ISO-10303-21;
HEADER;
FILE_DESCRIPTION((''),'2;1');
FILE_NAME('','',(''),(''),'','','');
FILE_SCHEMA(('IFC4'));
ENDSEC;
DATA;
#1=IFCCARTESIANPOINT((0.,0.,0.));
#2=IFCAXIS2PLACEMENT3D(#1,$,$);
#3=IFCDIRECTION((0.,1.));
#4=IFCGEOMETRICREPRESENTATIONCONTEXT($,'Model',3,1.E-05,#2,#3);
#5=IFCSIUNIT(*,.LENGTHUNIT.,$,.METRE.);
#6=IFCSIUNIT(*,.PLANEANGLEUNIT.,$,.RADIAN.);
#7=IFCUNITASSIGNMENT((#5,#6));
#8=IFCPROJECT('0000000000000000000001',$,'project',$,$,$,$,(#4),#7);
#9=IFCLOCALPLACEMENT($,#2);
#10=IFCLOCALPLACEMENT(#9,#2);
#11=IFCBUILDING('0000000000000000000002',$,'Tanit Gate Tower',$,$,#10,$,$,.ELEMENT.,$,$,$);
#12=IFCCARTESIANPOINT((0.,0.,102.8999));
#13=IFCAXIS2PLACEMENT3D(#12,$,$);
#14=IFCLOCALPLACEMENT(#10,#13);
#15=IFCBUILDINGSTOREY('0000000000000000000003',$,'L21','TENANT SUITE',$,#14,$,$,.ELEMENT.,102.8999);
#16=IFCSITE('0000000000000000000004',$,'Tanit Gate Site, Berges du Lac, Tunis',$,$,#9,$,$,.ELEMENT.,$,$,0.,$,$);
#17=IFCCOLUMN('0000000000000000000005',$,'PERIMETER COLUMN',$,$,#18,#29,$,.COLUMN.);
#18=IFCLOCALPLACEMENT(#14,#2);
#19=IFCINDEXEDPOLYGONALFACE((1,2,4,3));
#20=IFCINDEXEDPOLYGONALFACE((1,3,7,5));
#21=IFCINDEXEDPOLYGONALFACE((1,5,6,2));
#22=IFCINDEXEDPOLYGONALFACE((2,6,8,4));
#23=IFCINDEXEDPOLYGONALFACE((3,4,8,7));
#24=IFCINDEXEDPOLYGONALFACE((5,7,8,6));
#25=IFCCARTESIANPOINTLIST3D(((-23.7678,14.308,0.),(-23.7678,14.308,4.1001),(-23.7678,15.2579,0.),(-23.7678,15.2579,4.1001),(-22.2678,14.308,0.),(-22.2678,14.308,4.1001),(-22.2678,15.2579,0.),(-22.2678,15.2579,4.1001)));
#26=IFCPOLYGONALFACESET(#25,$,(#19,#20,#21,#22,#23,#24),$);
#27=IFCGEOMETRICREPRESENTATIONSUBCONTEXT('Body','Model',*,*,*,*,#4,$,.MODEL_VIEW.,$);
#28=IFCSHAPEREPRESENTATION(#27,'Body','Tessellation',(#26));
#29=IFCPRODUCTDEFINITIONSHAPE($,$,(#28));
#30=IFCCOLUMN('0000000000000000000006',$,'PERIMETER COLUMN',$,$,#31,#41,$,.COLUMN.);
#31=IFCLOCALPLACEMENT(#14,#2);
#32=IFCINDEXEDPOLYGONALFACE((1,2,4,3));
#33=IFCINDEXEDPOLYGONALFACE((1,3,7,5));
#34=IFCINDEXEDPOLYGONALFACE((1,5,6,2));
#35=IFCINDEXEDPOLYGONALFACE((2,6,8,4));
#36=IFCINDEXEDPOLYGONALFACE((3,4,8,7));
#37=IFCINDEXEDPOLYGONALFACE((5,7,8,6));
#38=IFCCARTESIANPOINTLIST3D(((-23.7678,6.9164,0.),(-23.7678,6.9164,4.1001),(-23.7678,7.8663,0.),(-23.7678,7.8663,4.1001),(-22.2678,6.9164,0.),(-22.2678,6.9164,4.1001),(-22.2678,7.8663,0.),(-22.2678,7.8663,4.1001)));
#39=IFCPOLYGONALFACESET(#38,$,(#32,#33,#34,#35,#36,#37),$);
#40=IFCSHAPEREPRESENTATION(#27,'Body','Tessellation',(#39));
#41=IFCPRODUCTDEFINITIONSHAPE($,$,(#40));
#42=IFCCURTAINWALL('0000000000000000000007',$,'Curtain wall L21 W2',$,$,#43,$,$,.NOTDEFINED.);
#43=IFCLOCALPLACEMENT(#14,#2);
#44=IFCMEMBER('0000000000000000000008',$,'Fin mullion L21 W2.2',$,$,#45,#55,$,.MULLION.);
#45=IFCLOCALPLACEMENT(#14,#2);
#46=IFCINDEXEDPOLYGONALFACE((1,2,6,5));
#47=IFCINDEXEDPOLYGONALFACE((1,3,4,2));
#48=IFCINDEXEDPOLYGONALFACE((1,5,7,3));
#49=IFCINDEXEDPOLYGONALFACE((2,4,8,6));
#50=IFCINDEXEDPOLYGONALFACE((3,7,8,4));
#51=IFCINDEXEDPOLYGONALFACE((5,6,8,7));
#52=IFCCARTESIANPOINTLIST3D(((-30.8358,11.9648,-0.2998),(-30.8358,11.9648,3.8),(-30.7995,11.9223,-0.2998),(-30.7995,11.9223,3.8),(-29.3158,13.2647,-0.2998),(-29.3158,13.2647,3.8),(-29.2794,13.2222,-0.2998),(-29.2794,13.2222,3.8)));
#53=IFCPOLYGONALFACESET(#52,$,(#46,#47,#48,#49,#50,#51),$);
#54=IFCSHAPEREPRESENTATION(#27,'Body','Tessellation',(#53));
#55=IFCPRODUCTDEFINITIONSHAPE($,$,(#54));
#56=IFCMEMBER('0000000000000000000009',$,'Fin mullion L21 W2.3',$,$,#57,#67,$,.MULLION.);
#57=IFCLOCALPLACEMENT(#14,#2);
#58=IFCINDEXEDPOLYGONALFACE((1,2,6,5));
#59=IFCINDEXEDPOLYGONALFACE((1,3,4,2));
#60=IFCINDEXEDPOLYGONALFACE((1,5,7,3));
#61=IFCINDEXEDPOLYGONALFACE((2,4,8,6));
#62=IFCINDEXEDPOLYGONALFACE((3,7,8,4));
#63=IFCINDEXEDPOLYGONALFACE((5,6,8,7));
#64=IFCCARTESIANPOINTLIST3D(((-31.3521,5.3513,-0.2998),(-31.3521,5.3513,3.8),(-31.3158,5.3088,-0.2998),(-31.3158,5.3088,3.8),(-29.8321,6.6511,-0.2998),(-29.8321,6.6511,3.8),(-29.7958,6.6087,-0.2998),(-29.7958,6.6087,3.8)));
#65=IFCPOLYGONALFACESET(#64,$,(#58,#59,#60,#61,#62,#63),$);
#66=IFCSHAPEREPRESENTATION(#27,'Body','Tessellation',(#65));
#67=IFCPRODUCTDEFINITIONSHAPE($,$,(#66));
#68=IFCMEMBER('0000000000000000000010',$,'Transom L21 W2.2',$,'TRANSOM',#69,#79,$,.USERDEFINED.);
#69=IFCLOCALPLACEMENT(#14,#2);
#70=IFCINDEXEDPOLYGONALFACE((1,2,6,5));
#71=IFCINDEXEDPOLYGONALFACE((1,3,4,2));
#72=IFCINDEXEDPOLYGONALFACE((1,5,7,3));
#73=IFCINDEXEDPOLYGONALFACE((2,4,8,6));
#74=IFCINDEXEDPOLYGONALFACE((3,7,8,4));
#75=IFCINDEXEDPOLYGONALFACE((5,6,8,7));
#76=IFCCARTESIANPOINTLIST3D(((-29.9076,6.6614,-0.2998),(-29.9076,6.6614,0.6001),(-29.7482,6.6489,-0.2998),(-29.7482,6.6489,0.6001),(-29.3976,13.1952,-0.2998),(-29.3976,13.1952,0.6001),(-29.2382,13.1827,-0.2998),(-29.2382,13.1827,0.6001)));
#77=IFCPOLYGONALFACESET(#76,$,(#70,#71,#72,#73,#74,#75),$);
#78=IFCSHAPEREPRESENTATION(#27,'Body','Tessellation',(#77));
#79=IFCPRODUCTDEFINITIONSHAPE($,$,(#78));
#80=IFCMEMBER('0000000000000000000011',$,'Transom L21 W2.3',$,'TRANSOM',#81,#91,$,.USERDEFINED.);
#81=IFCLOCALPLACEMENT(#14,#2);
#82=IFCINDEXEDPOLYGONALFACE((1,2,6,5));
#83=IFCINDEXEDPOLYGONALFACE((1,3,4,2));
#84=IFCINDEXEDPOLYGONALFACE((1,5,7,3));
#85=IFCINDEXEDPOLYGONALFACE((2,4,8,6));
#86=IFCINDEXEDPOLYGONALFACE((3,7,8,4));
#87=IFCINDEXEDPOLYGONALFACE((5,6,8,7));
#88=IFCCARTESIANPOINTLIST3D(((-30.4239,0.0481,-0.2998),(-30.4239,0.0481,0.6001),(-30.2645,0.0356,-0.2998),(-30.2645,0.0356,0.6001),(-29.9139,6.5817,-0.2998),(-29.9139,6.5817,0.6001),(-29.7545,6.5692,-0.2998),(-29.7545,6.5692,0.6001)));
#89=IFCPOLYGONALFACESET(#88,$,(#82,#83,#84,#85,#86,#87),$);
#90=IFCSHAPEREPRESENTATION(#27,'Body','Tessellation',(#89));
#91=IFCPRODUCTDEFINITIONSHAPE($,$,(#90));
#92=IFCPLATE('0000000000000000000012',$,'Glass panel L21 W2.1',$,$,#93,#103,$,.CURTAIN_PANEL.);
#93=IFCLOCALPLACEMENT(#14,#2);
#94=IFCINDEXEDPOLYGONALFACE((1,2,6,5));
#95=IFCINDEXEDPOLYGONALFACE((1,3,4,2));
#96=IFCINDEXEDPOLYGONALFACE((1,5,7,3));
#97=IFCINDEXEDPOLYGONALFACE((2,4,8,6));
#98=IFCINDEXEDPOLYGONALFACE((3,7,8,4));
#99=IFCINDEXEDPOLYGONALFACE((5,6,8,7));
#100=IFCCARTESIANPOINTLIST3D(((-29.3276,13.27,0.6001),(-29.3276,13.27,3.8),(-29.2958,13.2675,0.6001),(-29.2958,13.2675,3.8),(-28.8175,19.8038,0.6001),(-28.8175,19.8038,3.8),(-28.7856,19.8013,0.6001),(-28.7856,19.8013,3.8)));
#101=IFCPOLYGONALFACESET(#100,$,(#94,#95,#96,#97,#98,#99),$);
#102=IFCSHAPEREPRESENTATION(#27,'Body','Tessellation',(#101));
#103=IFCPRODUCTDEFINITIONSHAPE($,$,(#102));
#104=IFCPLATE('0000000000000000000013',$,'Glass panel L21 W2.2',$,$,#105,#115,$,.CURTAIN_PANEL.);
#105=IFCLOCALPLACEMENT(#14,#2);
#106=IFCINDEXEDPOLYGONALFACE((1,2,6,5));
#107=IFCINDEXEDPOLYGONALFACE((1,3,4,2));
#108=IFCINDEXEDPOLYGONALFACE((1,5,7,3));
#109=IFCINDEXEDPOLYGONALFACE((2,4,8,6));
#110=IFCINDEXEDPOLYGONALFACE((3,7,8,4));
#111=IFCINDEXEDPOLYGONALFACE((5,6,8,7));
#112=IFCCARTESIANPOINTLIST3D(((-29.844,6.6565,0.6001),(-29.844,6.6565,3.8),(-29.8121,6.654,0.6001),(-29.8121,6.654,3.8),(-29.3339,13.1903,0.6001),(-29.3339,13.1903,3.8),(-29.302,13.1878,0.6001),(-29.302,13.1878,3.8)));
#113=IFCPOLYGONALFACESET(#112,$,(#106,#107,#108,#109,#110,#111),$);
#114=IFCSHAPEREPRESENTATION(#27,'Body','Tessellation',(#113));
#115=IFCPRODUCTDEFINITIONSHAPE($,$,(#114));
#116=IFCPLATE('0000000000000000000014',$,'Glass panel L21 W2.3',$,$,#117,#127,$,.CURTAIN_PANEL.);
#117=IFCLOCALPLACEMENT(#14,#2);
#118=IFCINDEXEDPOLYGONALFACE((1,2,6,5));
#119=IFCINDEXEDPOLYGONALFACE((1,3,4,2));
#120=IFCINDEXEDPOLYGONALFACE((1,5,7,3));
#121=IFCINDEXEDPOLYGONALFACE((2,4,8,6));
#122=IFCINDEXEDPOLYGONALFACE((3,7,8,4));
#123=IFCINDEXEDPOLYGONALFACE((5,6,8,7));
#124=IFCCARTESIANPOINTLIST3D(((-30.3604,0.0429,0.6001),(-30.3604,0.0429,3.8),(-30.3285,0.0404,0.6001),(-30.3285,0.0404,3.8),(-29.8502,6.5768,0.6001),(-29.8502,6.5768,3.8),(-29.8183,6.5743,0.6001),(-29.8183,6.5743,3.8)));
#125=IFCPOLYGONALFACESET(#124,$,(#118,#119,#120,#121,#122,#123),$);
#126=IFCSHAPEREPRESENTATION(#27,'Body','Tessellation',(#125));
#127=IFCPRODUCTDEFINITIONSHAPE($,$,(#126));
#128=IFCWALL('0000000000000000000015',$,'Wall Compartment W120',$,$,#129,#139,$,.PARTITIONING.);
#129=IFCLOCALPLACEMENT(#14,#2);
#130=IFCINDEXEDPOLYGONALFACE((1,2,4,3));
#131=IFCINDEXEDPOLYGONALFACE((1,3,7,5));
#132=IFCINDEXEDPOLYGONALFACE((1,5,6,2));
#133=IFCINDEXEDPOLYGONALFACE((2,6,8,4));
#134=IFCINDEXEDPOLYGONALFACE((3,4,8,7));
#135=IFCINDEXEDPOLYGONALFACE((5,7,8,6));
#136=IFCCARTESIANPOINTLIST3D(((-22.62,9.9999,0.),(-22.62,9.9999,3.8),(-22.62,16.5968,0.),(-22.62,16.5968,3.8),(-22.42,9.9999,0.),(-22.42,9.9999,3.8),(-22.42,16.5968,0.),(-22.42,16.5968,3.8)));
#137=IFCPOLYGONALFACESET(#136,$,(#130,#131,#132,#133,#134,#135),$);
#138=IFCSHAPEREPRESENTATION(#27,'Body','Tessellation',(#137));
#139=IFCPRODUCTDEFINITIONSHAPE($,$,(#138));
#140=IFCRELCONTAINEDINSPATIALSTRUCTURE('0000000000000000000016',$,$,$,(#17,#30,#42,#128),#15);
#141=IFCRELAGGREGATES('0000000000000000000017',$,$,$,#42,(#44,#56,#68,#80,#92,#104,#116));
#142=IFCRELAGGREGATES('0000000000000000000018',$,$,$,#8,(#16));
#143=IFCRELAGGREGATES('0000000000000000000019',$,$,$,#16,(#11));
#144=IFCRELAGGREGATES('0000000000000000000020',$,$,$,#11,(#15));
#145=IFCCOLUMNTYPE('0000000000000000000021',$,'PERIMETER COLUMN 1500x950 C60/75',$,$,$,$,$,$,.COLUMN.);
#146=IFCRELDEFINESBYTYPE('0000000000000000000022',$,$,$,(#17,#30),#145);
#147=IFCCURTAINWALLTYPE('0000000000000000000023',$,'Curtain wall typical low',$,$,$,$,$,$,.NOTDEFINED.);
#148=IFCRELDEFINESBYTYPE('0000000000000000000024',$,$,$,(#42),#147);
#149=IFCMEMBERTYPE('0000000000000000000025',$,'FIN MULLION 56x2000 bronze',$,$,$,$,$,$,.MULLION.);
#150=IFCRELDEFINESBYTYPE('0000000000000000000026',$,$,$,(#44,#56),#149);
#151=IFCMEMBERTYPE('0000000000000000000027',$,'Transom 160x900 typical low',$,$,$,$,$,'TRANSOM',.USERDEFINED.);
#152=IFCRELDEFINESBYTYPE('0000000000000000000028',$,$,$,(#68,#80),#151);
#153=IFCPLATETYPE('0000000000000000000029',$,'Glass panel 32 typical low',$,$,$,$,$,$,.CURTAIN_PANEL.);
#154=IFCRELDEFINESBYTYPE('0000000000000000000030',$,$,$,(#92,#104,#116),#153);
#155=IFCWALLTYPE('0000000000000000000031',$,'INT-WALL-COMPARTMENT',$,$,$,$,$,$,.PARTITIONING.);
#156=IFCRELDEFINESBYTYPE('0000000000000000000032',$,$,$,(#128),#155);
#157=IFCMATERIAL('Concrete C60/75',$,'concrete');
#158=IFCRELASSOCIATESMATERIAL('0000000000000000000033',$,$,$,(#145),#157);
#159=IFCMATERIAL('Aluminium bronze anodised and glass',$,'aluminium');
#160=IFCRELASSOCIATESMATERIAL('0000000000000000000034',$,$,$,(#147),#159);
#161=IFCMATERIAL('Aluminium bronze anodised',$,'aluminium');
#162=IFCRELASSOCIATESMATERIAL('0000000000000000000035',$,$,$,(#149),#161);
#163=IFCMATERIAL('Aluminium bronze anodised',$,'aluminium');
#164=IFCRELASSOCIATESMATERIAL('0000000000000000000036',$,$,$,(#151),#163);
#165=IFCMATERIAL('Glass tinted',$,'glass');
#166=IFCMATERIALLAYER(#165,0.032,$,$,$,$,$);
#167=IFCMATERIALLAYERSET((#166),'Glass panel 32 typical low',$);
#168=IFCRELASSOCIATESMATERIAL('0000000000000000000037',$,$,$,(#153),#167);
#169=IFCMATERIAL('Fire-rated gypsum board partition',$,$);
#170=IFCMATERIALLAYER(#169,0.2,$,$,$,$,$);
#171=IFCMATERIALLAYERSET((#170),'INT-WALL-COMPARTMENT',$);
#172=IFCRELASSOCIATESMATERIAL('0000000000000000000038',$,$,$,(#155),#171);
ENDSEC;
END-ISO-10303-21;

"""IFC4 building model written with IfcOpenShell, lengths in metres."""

from ifc_helpers import new_model, si_unit, direction, frame, frame_2d, origin, origin_2d, place, context, subcontext, project, spatial, rectangle, extrude, material, layer, layer_set, material_profile, profile_set, type_object, element, aggregate, save


model = new_model("IFC4")

# Units and contexts
model_context = context("Model", 3, precision=1e-05, world=origin(), true_north=direction((0.0, 1.0)))
body_context = subcontext(model_context, "Body", "Model", "MODEL_VIEW")
ifc_project = project(units=[si_unit("LENGTHUNIT", "METRE"), si_unit("PLANEANGLEUNIT", "RADIAN")], contexts=[model_context])

# Site, building, storey
site_placement = place(None, origin())
site = spatial("IfcSite", under=ifc_project, at=site_placement, Name="Tanit Gate Site, Berges du Lac, Tunis", CompositionType="ELEMENT", RefElevation=0.0)
building_placement = place(site_placement, origin())
building = spatial("IfcBuilding", under=site, at=building_placement, Name="Tanit Gate Tower", CompositionType="ELEMENT")
storey_placement = place(building_placement, frame((0.0, 0.0, 102.8999)))
storey = spatial("IfcBuildingStorey", under=building, at=storey_placement, Name="L21", Description="TENANT SUITE", CompositionType="ELEMENT", Elevation=102.8999)

# Columns
ifc_material_1 = material(Name="Concrete C60/75", Category="concrete")
ifc_material_profile_1 = material_profile(ifc_material_1, rectangle(XDim=1.5, YDim=0.95, at=origin_2d()), Name="RC 1500x950")
ifc_profile_set_1 = profile_set([ifc_material_profile_1], Name="Concrete C60/75")
column_type = type_object("IfcColumnType", Name="PERIMETER COLUMN 1500x950 C60/75", PredefinedType="COLUMN", material=ifc_profile_set_1)
for number, where, z_axis, x_axis, name in (
    (1, (-23.0178, 14.783, 0.0), (0.0, 0.0, 1.0), (-1.0, 0.0, 0.0), "PERIMETER COLUMN"),
    (2, (-23.0178, 7.3914, 0.0), (0.0, 0.0, 1.0), (-1.0, 0.0, 0.0), "PERIMETER COLUMN"),
):
    element("IfcColumn", number, at=place(storey_placement, frame(where, z_axis=z_axis, x_axis=x_axis)), inside=storey, type_object=column_type, Name=name, PredefinedType="COLUMN", context=body_context, shape_type="SweptSolid", body=[
        extrude(rectangle(XDim=1.5, YDim=0.95, at=origin_2d()), origin(), (0.0, 0.0, 1.0), 4.1001),
    ])

# Curtain wall, members, plates
ifc_material_2 = material(Name="Aluminium bronze anodised and glass", Category="aluminium")
curtain_wall_type = type_object("IfcCurtainWallType", Name="Curtain wall typical low", PredefinedType="NOTDEFINED", material=ifc_material_2)
curtain_wall_placement = place(storey_placement, origin())
curtain_wall = element("IfcCurtainWall", 3, at=curtain_wall_placement, inside=storey, type_object=curtain_wall_type, Name="Curtain wall L21 W2", PredefinedType="NOTDEFINED")
ifc_material_3 = material(Name="Aluminium bronze anodised", Category="aluminium")
ifc_material_profile_2 = material_profile(ifc_material_3, rectangle(XDim=2.0, YDim=0.0559, at=origin_2d()), Name="56x2000 bronze fin mullion")
ifc_profile_set_2 = profile_set([ifc_material_profile_2], Name="Aluminium bronze anodised")
member_type_1 = type_object("IfcMemberType", Name="FIN MULLION 56x2000 bronze", PredefinedType="MULLION", material=ifc_profile_set_2)
member_1_placement = place(storey_placement, frame((-30.0576, 12.5935, -0.2998), z_axis=(0.0, 0.0, 1.0), x_axis=(0.760002, 0.649921, 0.0)))
member_1 = element("IfcMember", 4, at=member_1_placement, type_object=member_type_1, Name="Fin mullion L21 W2.2", PredefinedType="MULLION", context=body_context, shape_type="SweptSolid", body=[
    extrude(rectangle(XDim=2.0, YDim=0.0559, at=origin_2d()), origin(), (0.0, 0.0, 1.0), 4.0999),
])
member_2_placement = place(storey_placement, frame((-30.574, 5.98, -0.2998), z_axis=(0.0, 0.0, 1.0), x_axis=(0.760002, 0.649921, 0.0)))
member_2 = element("IfcMember", 5, at=member_2_placement, type_object=member_type_1, Name="Fin mullion L21 W2.3", PredefinedType="MULLION", context=body_context, shape_type="SweptSolid", body=[
    extrude(rectangle(XDim=2.0, YDim=0.0559, at=origin_2d()), origin(), (0.0, 0.0, 1.0), 4.0999),
])
ifc_material_4 = material(Name="Aluminium bronze anodised", Category="aluminium")
ifc_material_profile_3 = material_profile(ifc_material_4, rectangle(XDim=0.1599, YDim=0.8999, at=origin_2d()), Name="160x900 bronze transom")
ifc_profile_set_3 = profile_set([ifc_material_profile_3], Name="Aluminium bronze anodised")
member_type_2 = type_object("IfcMemberType", Name="Transom 160x900 typical low", ElementType="TRANSOM", PredefinedType="USERDEFINED", material=ifc_profile_set_3)
member_3_placement = place(storey_placement, frame((-29.3179, 13.189, 0.1501), z_axis=(-0.077819, -0.996968, 0.0), x_axis=(0.996968, -0.077819, 0.0)))
member_3 = element("IfcMember", 6, at=member_3_placement, type_object=member_type_2, Name="Transom L21 W2.2", ObjectType="TRANSOM", PredefinedType="USERDEFINED", context=body_context, shape_type="SweptSolid", body=[
    extrude(rectangle(XDim=0.1599, YDim=0.8999, at=origin_2d()), origin(), (0.0, 0.0, 1.0), 6.5537),
])
member_4_placement = place(storey_placement, frame((-29.8342, 6.5754, 0.1501), z_axis=(-0.077822, -0.996967, 0.0), x_axis=(0.996967, -0.077822, 0.0)))
member_4 = element("IfcMember", 7, at=member_4_placement, type_object=member_type_2, Name="Transom L21 W2.3", ObjectType="TRANSOM", PredefinedType="USERDEFINED", context=body_context, shape_type="SweptSolid", body=[
    extrude(rectangle(XDim=0.1599, YDim=0.8999, at=origin_2d()), origin(), (0.0, 0.0, 1.0), 6.5535),
])
ifc_material_5 = material(Name="Glass tinted", Category="glass")
ifc_layer_1 = layer(ifc_material_5, 0.032)
ifc_layer_set_1 = layer_set([ifc_layer_1], Name="Glass panel 32 typical low")
plate_type = type_object("IfcPlateType", Name="Glass panel 32 typical low", PredefinedType="CURTAIN_PANEL", material=ifc_layer_set_1)
plate_1_placement = place(storey_placement, frame((-29.0566, 16.5356, 0.6001), z_axis=(0.0, 0.0, 1.0), x_axis=(-0.077839, -0.996966, 0.0)))
plate_1 = element("IfcPlate", 8, at=plate_1_placement, type_object=plate_type, Name="Glass panel L21 W2.1", PredefinedType="CURTAIN_PANEL", context=body_context, shape_type="SweptSolid", body=[
    extrude(rectangle(XDim=6.5537, YDim=0.032, at=origin_2d()), origin(), (0.0, 0.0, 1.0), 3.2),
])
plate_2_placement = place(storey_placement, frame((-29.573, 9.9221, 0.6001), z_axis=(0.0, 0.0, 1.0), x_axis=(-0.077839, -0.996966, 0.0)))
plate_2 = element("IfcPlate", 9, at=plate_2_placement, type_object=plate_type, Name="Glass panel L21 W2.2", PredefinedType="CURTAIN_PANEL", context=body_context, shape_type="SweptSolid", body=[
    extrude(rectangle(XDim=6.5537, YDim=0.032, at=origin_2d()), origin(), (0.0, 0.0, 1.0), 3.2),
])
plate_3_placement = place(storey_placement, frame((-30.0894, 3.3086, 0.6001), z_axis=(0.0, 0.0, 1.0), x_axis=(-0.077839, -0.996966, 0.0)))
plate_3 = element("IfcPlate", 10, at=plate_3_placement, type_object=plate_type, Name="Glass panel L21 W2.3", PredefinedType="CURTAIN_PANEL", context=body_context, shape_type="SweptSolid", body=[
    extrude(rectangle(XDim=6.5537, YDim=0.032, at=origin_2d()), origin(), (0.0, 0.0, 1.0), 3.2),
])
aggregate(curtain_wall, [member_1, member_2, member_3, member_4, plate_1, plate_2, plate_3])

# Wall
ifc_material_6 = material(Name="Fire-rated gypsum board partition")
ifc_layer_2 = layer(ifc_material_6, 0.2)
ifc_layer_set_2 = layer_set([ifc_layer_2], Name="INT-WALL-COMPARTMENT")
wall_type = type_object("IfcWallType", Name="INT-WALL-COMPARTMENT", PredefinedType="PARTITIONING", material=ifc_layer_set_2)
wall_placement = place(storey_placement, frame((-22.52, 10.0, 0.0), z_axis=(0.0, 0.0, 1.0), x_axis=(0.0, 1.0, 0.0)))
element("IfcWall", 11, at=wall_placement, inside=storey, type_object=wall_type, Name="Wall Compartment W120", PredefinedType="PARTITIONING", context=body_context, shape_type="SweptSolid", body=[
    extrude(rectangle(XDim=6.5969, YDim=0.2, at=frame_2d((3.2983, 0.0))), origin(), (0.0, 0.0, 1.0), 3.8),
])

save(model, "model.ifc")
